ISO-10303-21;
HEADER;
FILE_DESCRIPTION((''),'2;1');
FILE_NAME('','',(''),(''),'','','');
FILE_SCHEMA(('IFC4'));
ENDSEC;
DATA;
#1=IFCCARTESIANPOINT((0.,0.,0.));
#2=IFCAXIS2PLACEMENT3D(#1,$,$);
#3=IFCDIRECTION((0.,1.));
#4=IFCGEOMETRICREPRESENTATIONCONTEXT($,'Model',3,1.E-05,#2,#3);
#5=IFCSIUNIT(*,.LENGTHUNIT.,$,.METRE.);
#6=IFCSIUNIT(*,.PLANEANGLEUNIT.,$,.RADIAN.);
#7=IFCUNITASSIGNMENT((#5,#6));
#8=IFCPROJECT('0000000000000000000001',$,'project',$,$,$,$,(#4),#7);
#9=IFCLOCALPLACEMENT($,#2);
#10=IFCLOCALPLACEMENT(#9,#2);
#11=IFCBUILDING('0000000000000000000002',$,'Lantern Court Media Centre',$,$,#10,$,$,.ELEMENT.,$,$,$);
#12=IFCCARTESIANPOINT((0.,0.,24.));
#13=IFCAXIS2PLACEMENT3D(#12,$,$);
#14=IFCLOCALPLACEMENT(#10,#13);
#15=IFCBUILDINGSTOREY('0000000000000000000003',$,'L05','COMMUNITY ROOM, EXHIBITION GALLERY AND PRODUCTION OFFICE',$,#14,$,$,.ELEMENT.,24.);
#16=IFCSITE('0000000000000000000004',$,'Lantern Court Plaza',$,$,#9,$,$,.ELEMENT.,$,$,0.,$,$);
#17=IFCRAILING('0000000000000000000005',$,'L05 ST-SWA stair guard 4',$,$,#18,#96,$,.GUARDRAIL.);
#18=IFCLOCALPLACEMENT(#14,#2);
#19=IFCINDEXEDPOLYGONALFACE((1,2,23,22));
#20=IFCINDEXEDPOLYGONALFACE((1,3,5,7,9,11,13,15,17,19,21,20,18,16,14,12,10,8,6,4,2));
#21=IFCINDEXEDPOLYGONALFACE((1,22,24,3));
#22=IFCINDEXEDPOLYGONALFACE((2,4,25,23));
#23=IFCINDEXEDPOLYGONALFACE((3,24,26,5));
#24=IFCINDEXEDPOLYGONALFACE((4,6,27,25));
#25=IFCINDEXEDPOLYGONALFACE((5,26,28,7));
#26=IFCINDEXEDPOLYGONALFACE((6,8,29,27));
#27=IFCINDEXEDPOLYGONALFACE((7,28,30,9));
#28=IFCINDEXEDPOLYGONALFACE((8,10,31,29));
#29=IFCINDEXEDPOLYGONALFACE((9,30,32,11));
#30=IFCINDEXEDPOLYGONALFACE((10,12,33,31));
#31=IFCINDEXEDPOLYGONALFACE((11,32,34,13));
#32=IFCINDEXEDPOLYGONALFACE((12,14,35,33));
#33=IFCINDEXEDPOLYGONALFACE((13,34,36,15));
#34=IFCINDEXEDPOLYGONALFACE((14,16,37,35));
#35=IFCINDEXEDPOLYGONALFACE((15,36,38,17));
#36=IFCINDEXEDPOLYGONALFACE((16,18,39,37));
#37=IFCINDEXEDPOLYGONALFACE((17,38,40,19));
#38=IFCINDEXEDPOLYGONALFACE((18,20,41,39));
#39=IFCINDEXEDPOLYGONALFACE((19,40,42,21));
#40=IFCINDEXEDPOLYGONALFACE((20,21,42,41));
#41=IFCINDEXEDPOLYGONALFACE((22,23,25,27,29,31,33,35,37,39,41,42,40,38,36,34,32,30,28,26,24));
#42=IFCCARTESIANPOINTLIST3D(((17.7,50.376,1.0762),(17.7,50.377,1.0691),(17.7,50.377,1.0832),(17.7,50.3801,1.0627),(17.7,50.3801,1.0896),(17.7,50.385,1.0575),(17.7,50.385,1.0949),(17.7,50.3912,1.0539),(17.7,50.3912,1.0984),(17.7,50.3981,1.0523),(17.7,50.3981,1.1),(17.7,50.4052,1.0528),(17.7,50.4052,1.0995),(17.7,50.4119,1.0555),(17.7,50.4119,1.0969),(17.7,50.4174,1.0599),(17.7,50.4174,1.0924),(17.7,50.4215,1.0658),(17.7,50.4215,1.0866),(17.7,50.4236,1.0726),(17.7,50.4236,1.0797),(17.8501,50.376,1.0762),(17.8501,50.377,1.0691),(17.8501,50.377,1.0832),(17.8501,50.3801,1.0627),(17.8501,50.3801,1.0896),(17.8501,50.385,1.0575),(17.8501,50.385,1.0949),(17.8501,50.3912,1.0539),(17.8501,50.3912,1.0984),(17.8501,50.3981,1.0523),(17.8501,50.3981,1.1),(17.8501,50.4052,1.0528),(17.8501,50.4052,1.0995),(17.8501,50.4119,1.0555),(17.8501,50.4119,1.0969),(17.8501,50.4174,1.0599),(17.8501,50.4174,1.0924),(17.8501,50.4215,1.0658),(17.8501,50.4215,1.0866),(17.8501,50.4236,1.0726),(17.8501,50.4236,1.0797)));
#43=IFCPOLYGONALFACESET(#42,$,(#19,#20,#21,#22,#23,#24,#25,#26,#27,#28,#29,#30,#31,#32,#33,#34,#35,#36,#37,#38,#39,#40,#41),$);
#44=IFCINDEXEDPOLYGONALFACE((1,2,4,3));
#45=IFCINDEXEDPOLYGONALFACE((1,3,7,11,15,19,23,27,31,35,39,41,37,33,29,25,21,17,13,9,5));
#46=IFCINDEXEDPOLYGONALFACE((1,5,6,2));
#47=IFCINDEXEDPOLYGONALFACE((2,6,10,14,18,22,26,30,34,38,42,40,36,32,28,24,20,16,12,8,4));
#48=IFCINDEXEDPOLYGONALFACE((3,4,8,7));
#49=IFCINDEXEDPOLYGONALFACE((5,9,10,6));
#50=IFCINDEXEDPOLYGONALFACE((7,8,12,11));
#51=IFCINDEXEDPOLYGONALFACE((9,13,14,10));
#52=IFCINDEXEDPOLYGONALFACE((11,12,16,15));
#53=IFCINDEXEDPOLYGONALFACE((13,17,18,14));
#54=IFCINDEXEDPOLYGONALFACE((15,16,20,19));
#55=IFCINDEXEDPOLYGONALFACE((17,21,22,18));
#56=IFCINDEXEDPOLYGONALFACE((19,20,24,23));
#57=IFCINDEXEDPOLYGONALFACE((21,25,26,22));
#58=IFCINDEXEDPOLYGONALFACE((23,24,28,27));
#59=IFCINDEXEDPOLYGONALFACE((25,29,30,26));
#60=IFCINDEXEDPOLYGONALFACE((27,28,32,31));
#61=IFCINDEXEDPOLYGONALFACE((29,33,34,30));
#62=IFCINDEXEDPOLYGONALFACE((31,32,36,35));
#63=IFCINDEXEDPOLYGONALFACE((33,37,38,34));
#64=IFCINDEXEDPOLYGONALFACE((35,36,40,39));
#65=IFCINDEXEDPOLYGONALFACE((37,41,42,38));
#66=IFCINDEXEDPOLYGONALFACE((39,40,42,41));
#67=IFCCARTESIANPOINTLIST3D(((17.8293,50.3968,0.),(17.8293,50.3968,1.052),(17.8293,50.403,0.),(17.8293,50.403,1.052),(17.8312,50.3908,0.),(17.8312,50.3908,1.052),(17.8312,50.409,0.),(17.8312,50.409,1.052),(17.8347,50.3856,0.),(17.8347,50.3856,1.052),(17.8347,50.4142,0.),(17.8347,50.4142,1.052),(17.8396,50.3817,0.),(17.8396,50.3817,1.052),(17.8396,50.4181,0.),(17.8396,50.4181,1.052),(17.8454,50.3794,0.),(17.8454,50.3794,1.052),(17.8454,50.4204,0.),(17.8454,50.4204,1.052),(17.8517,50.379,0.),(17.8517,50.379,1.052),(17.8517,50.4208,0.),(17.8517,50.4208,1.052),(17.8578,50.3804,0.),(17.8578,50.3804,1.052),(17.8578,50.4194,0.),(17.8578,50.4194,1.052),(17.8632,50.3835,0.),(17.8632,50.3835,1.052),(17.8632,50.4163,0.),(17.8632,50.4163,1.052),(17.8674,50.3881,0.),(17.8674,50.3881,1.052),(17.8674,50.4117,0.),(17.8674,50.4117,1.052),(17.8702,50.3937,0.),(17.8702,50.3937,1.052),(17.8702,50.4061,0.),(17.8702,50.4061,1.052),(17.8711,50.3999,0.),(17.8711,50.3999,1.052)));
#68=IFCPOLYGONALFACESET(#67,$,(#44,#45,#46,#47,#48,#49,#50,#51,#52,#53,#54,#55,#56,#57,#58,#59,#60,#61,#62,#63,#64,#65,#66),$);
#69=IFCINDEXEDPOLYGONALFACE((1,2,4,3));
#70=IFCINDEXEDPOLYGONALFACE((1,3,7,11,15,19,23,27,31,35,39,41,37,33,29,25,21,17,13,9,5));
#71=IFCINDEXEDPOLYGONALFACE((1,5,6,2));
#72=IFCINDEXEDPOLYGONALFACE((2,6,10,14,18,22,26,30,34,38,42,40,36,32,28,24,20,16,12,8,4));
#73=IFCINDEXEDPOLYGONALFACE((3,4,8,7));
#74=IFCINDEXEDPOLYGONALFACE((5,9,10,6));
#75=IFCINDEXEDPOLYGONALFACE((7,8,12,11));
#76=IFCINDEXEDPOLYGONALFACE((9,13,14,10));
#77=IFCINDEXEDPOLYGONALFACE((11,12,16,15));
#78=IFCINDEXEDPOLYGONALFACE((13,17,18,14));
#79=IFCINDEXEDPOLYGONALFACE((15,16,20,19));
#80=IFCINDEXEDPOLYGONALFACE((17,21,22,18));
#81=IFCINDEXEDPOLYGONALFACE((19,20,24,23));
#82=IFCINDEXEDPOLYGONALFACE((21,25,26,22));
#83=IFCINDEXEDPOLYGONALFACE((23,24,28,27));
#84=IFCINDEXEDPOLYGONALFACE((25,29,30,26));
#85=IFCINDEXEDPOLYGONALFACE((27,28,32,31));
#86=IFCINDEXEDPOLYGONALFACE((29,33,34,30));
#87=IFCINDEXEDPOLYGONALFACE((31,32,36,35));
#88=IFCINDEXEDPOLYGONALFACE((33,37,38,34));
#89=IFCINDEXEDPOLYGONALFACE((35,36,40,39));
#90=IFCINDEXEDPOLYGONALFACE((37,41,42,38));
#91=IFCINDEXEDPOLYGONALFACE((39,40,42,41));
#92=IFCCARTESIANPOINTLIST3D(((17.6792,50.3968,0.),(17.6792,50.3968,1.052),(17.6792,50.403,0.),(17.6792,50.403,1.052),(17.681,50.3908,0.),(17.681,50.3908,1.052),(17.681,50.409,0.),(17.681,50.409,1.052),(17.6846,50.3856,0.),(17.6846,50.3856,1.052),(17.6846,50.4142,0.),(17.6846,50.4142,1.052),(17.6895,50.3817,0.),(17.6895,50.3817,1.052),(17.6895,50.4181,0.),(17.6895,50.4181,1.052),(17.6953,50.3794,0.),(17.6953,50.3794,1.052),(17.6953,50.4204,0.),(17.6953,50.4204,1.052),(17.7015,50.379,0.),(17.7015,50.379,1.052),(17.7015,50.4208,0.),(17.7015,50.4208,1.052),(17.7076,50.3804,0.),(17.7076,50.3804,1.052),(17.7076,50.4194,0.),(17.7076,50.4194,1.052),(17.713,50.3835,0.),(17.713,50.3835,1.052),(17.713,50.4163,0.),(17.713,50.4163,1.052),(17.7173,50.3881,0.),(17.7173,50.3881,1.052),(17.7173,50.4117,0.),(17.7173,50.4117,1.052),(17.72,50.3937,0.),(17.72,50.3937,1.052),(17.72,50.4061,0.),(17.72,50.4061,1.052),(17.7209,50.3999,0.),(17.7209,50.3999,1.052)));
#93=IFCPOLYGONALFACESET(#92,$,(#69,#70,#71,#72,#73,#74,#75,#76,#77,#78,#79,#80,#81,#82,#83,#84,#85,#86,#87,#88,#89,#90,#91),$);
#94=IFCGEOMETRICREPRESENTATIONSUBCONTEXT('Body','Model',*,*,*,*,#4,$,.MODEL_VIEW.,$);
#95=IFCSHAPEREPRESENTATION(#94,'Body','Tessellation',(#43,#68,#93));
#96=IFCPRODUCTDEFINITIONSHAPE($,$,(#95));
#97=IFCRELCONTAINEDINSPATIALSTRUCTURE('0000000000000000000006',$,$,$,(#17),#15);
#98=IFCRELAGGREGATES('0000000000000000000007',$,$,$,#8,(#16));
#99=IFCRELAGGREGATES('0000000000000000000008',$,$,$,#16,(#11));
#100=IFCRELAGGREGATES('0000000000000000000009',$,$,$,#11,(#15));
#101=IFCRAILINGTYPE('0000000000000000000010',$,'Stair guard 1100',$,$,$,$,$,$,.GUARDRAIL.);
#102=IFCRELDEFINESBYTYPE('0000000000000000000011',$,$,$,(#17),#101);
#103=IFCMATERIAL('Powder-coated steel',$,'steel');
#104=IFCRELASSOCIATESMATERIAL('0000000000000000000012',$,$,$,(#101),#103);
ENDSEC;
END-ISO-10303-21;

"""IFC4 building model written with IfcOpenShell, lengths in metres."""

from ifc_helpers import new_model, si_unit, direction, frame, origin, origin_2d, place, context, subcontext, project, spatial, circle, extrude, material, type_object, element, save


model = new_model("IFC4")

# Units and contexts
model_context = context("Model", 3, precision=1e-05, world=origin(), true_north=direction((0.0, 1.0)))
body_context = subcontext(model_context, "Body", "Model", "MODEL_VIEW")
ifc_project = project(units=[si_unit("LENGTHUNIT", "METRE"), si_unit("PLANEANGLEUNIT", "RADIAN")], contexts=[model_context])

# Site, building, storey
site_placement = place(None, origin())
site = spatial("IfcSite", under=ifc_project, at=site_placement, Name="Lantern Court Plaza", CompositionType="ELEMENT", RefElevation=0.0)
building_placement = place(site_placement, origin())
building = spatial("IfcBuilding", under=site, at=building_placement, Name="Lantern Court Media Centre", CompositionType="ELEMENT")
storey_placement = place(building_placement, frame((0.0, 0.0, 24.0)))
storey = spatial("IfcBuildingStorey", under=building, at=storey_placement, Name="L05", Description="COMMUNITY ROOM, EXHIBITION GALLERY AND PRODUCTION OFFICE", CompositionType="ELEMENT", Elevation=24.0)

# Shared definitions
ifc_material_1 = material(Name="Powder-coated steel", Category="steel")

# Railing
railing_type_1 = type_object("IfcRailingType", Name="Stair guard 1100", PredefinedType="GUARDRAIL", material=ifc_material_1)
railing_1_placement = place(storey_placement, frame((17.8501, 50.3999, 0.0)))
element("IfcRailing", 1, at=railing_1_placement, inside=storey, type_object=railing_type_1, Name="L05 ST-SWA stair guard 4", PredefinedType="GUARDRAIL", context=body_context, shape_type="SweptSolid", body=[
    extrude(circle(Radius=0.0239, at=origin_2d()), frame((0.0, 0.0, 1.0762), z_axis=(-1.0, 0.0, 0.0), x_axis=(0.0, -1.0, 0.0)), (0.0, 0.0, 1.0), 0.1501),
    extrude(circle(Radius=0.021, at=origin_2d()), origin(), (0.0, 0.0, 1.0), 1.052),
    extrude(circle(Radius=0.021, at=origin_2d()), frame((-0.1501, 0.0, 0.0)), (0.0, 0.0, 1.0), 1.052),
])

save(model, "model.ifc")
